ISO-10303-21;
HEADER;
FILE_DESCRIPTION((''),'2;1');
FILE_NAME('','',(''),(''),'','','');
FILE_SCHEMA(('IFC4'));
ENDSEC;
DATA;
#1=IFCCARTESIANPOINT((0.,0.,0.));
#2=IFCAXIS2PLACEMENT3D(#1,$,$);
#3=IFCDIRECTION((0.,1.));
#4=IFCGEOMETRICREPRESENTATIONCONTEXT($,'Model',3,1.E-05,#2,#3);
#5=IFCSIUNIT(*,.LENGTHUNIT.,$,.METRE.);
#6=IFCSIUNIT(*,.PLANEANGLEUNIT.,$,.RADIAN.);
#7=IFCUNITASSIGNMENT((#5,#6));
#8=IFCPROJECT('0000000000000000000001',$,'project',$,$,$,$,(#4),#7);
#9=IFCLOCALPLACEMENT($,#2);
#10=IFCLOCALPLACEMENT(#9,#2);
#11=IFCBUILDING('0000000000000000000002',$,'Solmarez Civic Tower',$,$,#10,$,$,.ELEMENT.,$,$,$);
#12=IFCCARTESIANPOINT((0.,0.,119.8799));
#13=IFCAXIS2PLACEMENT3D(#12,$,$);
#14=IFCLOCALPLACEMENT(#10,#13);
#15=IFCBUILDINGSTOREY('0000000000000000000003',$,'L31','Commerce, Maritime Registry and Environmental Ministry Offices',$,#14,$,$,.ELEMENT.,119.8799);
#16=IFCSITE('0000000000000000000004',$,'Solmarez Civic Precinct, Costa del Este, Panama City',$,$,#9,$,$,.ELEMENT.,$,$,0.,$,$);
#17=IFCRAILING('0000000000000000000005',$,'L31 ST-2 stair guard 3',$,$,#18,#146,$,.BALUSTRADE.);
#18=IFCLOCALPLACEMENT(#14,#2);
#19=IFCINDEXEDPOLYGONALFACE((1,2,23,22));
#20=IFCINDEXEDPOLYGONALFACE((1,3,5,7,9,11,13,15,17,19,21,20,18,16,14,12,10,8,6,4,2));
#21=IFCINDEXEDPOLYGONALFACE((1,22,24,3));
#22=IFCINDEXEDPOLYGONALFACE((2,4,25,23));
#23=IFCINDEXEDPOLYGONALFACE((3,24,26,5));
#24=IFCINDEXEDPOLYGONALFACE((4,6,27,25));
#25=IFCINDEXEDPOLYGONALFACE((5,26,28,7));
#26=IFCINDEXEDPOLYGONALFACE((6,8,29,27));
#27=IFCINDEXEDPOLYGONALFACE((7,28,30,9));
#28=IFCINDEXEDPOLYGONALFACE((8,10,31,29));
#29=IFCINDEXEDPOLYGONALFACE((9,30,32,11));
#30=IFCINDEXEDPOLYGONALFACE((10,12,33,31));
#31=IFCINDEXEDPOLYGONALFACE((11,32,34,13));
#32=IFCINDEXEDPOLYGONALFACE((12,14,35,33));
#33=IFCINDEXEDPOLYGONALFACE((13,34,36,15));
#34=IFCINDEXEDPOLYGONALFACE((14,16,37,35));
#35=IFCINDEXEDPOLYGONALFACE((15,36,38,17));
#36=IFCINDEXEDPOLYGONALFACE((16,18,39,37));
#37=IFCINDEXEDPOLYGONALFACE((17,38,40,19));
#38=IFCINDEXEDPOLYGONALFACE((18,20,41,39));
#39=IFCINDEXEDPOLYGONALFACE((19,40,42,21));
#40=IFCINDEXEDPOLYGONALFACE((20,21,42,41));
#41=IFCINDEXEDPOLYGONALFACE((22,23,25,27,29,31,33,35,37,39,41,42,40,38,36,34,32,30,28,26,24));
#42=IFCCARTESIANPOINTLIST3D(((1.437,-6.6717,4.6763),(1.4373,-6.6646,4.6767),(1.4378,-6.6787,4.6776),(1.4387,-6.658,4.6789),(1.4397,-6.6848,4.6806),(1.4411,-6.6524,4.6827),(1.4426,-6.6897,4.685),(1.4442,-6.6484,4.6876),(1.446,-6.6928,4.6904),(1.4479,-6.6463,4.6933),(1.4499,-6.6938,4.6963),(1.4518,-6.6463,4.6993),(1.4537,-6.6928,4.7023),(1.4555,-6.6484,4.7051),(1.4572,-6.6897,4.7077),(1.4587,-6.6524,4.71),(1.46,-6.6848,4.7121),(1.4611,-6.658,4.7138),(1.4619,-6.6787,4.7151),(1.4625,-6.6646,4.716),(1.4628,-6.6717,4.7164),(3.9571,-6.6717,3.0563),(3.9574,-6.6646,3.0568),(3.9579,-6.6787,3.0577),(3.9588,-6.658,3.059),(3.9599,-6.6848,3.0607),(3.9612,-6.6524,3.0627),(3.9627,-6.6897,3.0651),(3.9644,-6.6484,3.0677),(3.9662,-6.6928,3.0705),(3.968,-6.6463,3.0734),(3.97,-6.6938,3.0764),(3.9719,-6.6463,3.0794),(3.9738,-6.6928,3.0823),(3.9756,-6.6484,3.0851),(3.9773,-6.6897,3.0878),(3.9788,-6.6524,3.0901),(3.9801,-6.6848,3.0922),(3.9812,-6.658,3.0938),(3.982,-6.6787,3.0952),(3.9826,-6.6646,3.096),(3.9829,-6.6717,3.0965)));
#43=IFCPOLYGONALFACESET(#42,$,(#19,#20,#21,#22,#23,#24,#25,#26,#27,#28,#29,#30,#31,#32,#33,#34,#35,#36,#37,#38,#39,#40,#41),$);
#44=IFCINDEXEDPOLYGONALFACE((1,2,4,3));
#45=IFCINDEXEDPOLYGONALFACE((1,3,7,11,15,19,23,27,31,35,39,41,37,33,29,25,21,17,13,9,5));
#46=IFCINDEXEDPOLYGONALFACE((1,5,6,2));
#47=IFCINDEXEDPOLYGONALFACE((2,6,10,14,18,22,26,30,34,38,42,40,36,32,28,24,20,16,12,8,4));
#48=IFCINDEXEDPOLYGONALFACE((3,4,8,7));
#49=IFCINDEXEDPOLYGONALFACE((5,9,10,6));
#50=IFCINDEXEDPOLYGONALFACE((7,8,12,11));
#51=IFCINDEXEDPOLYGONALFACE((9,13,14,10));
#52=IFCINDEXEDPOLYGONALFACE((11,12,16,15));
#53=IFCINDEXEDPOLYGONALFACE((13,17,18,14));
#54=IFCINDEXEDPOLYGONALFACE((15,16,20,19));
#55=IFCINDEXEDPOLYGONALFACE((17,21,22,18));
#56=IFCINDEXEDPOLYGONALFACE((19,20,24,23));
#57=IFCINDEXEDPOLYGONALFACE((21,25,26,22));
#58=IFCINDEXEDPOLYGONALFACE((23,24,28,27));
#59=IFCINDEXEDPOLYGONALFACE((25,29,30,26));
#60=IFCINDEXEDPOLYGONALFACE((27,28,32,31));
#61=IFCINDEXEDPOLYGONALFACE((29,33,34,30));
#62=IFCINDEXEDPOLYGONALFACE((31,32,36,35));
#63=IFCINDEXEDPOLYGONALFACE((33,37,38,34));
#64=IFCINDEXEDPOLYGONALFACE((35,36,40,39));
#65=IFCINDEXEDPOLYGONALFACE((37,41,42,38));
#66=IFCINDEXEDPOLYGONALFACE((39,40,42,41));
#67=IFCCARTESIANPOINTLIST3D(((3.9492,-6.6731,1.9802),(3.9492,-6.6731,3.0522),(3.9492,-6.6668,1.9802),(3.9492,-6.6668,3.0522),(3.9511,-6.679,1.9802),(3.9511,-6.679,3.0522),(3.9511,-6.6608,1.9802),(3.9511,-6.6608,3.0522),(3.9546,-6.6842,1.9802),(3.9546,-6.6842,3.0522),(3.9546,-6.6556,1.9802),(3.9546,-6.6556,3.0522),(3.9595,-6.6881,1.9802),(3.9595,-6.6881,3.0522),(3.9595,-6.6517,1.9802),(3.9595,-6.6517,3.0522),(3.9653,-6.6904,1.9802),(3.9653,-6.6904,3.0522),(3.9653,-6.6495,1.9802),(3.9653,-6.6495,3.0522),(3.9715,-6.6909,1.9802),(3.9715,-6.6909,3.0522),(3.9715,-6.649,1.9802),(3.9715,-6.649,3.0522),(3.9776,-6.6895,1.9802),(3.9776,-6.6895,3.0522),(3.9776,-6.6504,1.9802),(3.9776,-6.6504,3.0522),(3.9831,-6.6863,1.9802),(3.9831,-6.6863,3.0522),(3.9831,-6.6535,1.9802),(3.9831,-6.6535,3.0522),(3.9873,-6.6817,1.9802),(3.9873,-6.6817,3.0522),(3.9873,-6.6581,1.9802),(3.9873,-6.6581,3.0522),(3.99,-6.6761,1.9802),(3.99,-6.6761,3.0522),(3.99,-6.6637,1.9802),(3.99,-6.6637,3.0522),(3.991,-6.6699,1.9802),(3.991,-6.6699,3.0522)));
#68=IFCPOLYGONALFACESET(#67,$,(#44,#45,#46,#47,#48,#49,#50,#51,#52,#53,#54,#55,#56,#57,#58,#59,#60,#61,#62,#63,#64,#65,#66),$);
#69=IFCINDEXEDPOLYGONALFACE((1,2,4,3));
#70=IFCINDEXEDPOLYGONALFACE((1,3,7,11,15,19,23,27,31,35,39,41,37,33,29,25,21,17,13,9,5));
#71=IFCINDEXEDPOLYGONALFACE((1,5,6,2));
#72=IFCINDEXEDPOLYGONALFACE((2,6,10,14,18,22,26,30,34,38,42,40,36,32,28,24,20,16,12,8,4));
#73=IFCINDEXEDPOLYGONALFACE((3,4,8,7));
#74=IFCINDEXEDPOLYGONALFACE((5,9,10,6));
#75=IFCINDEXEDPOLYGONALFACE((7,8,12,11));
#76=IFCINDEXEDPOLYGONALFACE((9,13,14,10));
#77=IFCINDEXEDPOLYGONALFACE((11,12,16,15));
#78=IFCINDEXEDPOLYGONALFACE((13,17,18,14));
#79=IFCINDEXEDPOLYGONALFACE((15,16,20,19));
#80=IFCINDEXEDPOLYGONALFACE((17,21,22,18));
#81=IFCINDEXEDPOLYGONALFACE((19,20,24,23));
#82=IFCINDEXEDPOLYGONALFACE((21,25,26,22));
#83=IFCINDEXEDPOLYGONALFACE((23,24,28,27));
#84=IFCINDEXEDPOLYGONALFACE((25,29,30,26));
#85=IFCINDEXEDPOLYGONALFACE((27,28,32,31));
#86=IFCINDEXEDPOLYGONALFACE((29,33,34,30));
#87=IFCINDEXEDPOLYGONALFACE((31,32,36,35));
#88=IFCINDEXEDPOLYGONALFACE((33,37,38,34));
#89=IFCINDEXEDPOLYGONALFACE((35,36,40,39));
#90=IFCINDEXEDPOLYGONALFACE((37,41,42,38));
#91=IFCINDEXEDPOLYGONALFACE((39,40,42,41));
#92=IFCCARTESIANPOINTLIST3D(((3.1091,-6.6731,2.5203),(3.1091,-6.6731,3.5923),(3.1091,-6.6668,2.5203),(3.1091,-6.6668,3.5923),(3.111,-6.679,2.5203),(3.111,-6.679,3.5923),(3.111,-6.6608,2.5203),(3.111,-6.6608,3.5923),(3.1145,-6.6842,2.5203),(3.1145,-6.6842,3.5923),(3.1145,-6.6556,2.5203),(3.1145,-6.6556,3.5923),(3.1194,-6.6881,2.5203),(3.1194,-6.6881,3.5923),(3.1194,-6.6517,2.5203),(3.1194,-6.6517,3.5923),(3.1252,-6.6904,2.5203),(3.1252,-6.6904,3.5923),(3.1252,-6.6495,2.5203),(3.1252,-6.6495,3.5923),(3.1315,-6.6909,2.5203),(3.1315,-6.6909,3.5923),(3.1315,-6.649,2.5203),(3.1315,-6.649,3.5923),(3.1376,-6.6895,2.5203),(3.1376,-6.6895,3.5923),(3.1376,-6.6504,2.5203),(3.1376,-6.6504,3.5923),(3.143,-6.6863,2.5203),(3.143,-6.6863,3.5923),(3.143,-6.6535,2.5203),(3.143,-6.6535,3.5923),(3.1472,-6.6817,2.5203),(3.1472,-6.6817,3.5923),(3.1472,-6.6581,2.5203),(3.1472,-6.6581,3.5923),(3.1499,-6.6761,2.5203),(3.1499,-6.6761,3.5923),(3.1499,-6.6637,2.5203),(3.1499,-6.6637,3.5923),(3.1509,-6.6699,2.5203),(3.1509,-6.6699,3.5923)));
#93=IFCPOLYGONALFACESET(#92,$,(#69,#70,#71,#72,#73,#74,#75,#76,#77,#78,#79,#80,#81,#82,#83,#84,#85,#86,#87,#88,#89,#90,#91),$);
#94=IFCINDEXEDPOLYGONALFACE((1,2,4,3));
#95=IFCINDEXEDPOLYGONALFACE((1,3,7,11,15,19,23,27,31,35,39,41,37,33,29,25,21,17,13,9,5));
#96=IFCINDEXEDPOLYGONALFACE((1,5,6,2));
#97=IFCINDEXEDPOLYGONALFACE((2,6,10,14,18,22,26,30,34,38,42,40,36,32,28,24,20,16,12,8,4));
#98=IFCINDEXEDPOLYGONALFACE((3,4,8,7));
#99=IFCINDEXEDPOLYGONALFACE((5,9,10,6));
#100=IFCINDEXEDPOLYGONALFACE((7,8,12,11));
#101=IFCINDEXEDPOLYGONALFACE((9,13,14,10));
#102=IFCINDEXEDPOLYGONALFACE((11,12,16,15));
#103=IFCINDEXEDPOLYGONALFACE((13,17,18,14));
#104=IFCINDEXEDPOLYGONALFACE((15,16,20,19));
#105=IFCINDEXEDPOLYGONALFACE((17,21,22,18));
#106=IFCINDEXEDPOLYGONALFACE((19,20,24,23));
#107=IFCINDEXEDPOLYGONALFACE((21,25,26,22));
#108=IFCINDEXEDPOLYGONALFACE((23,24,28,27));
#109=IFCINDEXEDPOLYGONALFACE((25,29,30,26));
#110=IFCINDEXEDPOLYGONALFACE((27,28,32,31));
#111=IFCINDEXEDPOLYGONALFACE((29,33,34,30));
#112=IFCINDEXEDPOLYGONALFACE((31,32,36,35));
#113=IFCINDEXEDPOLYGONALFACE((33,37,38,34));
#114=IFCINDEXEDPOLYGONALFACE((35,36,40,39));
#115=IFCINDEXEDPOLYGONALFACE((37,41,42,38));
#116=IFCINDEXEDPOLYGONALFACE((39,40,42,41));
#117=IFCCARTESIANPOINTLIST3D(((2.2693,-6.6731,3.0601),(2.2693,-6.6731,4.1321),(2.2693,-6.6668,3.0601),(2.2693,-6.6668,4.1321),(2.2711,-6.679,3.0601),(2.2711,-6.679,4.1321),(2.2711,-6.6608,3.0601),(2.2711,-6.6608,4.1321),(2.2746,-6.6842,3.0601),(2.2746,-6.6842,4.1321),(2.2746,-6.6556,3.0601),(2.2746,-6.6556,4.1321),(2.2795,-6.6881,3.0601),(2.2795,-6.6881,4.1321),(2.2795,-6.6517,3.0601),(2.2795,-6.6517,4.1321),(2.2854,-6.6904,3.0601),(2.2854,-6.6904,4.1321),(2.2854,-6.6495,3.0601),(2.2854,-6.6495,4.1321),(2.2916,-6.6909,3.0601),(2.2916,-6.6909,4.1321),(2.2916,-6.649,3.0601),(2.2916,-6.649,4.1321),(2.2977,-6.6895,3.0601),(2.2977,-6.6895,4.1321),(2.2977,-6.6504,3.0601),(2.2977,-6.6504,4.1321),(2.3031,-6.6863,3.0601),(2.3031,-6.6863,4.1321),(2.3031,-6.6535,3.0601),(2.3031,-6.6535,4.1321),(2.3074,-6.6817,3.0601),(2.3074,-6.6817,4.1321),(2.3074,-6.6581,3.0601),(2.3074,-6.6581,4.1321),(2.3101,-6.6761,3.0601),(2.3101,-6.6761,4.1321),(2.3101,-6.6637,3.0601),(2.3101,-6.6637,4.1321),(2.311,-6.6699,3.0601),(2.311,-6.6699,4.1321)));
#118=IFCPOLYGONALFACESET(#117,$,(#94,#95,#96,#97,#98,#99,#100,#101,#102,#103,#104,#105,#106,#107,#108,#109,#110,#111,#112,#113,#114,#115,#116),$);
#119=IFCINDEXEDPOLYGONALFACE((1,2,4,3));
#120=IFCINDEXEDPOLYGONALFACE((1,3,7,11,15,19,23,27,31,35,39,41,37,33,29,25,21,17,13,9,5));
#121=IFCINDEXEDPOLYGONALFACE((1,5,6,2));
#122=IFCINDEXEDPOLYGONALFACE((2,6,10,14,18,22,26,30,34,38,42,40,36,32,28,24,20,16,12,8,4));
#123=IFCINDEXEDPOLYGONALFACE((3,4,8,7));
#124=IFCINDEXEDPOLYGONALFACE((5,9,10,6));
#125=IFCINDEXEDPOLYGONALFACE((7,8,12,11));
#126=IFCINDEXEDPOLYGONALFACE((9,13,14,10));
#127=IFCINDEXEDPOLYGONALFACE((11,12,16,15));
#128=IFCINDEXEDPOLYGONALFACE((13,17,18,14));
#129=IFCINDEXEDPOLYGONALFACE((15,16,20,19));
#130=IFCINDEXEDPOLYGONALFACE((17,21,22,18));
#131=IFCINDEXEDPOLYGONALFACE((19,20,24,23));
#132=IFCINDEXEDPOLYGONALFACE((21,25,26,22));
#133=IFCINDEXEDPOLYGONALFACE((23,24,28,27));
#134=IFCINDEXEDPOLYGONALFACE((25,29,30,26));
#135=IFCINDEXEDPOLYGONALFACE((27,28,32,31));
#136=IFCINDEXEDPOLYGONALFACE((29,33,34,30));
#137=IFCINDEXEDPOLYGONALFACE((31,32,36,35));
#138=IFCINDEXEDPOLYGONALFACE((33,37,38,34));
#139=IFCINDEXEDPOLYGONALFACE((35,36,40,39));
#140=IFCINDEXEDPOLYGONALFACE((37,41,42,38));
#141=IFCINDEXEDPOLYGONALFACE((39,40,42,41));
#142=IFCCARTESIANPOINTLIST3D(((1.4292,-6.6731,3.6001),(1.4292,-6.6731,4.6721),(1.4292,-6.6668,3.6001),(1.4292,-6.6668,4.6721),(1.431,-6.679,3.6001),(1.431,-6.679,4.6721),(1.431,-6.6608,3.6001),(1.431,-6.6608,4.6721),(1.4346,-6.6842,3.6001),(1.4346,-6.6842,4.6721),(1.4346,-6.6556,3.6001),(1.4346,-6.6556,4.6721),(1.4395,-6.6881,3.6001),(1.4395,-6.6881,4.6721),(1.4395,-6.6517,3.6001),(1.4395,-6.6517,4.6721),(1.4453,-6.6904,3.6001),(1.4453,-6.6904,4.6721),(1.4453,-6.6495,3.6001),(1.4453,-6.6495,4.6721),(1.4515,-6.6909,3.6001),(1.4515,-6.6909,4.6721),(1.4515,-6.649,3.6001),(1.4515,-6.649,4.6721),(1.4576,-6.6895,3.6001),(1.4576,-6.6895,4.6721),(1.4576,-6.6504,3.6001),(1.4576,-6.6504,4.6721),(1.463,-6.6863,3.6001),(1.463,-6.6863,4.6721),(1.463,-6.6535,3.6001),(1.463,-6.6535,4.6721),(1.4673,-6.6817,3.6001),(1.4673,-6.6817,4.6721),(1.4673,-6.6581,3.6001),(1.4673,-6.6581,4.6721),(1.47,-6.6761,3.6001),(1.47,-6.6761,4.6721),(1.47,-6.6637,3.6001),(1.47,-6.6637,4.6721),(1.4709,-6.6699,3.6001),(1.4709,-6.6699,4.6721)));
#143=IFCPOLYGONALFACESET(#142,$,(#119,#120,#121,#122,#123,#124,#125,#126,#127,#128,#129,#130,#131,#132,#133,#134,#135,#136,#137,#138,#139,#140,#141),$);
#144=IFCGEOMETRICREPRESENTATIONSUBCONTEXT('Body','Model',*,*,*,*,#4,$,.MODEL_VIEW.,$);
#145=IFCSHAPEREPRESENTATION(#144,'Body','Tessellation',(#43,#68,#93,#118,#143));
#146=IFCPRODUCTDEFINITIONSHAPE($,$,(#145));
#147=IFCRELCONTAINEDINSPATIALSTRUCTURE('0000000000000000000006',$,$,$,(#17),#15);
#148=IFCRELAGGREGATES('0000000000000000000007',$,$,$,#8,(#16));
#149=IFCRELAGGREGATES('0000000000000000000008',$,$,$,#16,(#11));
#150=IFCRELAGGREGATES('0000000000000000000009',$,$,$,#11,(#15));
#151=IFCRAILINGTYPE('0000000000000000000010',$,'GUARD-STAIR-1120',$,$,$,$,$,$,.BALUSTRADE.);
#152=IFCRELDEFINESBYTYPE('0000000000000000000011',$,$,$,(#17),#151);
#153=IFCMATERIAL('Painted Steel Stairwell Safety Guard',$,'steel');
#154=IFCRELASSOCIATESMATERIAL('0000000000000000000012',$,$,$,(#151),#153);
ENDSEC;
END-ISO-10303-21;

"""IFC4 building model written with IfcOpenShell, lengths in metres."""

from ifc_helpers import new_model, si_unit, direction, frame, origin, origin_2d, place, context, subcontext, project, spatial, circle, extrude, material, type_object, element, save


model = new_model("IFC4")

# Units and contexts
model_context = context("Model", 3, precision=1e-05, world=origin(), true_north=direction((0.0, 1.0)))
body_context = subcontext(model_context, "Body", "Model", "MODEL_VIEW")
ifc_project = project(units=[si_unit("LENGTHUNIT", "METRE"), si_unit("PLANEANGLEUNIT", "RADIAN")], contexts=[model_context])

# Site, building, storey
site_placement = place(None, origin())
site = spatial("IfcSite", under=ifc_project, at=site_placement, Name="Solmarez Civic Precinct, Costa del Este, Panama City", CompositionType="ELEMENT", RefElevation=0.0)
building_placement = place(site_placement, origin())
building = spatial("IfcBuilding", under=site, at=building_placement, Name="Solmarez Civic Tower", CompositionType="ELEMENT")
storey_placement = place(building_placement, frame((0.0, 0.0, 119.8799)))
storey = spatial("IfcBuildingStorey", under=building, at=storey_placement, Name="L31", Description="Commerce, Maritime Registry and Environmental Ministry Offices", CompositionType="ELEMENT", Elevation=119.8799)

# Railing
ifc_material_1 = material(Name="Painted Steel Stairwell Safety Guard", Category="steel")
railing_type_1 = type_object("IfcRailingType", Name="GUARD-STAIR-1120", PredefinedType="BALUSTRADE", material=ifc_material_1)
railing_1_placement = place(storey_placement, frame((3.97, -6.6699, 1.9802)))
element("IfcRailing", 1, at=railing_1_placement, inside=storey, type_object=railing_type_1, Name="L31 ST-2 stair guard 3", PredefinedType="BALUSTRADE", context=body_context, shape_type="SweptSolid", body=[
    extrude(circle(Radius=0.0239, at=origin_2d()), frame((0.0, 0.0, 1.0962), z_axis=(-0.8412, 0.0, 0.540725), x_axis=(0.0, -1.0, 0.0)), (0.0, 0.0, 1.0), 2.9958),
    extrude(circle(Radius=0.021, at=origin_2d()), origin(), (0.0, 0.0, 1.0), 1.072),
    extrude(circle(Radius=0.021, at=origin_2d()), frame((-0.8401, 0.0, 0.54)), (0.0, 0.0, 1.0), 1.072),
    extrude(circle(Radius=0.021, at=origin_2d()), frame((-1.6799, 0.0, 1.0798)), (0.0, 0.0, 1.0), 1.072),
    extrude(circle(Radius=0.021, at=origin_2d()), frame((-2.52, 0.0, 1.6199)), (0.0, 0.0, 1.0), 1.072),
])

save(model, "model.ifc")
